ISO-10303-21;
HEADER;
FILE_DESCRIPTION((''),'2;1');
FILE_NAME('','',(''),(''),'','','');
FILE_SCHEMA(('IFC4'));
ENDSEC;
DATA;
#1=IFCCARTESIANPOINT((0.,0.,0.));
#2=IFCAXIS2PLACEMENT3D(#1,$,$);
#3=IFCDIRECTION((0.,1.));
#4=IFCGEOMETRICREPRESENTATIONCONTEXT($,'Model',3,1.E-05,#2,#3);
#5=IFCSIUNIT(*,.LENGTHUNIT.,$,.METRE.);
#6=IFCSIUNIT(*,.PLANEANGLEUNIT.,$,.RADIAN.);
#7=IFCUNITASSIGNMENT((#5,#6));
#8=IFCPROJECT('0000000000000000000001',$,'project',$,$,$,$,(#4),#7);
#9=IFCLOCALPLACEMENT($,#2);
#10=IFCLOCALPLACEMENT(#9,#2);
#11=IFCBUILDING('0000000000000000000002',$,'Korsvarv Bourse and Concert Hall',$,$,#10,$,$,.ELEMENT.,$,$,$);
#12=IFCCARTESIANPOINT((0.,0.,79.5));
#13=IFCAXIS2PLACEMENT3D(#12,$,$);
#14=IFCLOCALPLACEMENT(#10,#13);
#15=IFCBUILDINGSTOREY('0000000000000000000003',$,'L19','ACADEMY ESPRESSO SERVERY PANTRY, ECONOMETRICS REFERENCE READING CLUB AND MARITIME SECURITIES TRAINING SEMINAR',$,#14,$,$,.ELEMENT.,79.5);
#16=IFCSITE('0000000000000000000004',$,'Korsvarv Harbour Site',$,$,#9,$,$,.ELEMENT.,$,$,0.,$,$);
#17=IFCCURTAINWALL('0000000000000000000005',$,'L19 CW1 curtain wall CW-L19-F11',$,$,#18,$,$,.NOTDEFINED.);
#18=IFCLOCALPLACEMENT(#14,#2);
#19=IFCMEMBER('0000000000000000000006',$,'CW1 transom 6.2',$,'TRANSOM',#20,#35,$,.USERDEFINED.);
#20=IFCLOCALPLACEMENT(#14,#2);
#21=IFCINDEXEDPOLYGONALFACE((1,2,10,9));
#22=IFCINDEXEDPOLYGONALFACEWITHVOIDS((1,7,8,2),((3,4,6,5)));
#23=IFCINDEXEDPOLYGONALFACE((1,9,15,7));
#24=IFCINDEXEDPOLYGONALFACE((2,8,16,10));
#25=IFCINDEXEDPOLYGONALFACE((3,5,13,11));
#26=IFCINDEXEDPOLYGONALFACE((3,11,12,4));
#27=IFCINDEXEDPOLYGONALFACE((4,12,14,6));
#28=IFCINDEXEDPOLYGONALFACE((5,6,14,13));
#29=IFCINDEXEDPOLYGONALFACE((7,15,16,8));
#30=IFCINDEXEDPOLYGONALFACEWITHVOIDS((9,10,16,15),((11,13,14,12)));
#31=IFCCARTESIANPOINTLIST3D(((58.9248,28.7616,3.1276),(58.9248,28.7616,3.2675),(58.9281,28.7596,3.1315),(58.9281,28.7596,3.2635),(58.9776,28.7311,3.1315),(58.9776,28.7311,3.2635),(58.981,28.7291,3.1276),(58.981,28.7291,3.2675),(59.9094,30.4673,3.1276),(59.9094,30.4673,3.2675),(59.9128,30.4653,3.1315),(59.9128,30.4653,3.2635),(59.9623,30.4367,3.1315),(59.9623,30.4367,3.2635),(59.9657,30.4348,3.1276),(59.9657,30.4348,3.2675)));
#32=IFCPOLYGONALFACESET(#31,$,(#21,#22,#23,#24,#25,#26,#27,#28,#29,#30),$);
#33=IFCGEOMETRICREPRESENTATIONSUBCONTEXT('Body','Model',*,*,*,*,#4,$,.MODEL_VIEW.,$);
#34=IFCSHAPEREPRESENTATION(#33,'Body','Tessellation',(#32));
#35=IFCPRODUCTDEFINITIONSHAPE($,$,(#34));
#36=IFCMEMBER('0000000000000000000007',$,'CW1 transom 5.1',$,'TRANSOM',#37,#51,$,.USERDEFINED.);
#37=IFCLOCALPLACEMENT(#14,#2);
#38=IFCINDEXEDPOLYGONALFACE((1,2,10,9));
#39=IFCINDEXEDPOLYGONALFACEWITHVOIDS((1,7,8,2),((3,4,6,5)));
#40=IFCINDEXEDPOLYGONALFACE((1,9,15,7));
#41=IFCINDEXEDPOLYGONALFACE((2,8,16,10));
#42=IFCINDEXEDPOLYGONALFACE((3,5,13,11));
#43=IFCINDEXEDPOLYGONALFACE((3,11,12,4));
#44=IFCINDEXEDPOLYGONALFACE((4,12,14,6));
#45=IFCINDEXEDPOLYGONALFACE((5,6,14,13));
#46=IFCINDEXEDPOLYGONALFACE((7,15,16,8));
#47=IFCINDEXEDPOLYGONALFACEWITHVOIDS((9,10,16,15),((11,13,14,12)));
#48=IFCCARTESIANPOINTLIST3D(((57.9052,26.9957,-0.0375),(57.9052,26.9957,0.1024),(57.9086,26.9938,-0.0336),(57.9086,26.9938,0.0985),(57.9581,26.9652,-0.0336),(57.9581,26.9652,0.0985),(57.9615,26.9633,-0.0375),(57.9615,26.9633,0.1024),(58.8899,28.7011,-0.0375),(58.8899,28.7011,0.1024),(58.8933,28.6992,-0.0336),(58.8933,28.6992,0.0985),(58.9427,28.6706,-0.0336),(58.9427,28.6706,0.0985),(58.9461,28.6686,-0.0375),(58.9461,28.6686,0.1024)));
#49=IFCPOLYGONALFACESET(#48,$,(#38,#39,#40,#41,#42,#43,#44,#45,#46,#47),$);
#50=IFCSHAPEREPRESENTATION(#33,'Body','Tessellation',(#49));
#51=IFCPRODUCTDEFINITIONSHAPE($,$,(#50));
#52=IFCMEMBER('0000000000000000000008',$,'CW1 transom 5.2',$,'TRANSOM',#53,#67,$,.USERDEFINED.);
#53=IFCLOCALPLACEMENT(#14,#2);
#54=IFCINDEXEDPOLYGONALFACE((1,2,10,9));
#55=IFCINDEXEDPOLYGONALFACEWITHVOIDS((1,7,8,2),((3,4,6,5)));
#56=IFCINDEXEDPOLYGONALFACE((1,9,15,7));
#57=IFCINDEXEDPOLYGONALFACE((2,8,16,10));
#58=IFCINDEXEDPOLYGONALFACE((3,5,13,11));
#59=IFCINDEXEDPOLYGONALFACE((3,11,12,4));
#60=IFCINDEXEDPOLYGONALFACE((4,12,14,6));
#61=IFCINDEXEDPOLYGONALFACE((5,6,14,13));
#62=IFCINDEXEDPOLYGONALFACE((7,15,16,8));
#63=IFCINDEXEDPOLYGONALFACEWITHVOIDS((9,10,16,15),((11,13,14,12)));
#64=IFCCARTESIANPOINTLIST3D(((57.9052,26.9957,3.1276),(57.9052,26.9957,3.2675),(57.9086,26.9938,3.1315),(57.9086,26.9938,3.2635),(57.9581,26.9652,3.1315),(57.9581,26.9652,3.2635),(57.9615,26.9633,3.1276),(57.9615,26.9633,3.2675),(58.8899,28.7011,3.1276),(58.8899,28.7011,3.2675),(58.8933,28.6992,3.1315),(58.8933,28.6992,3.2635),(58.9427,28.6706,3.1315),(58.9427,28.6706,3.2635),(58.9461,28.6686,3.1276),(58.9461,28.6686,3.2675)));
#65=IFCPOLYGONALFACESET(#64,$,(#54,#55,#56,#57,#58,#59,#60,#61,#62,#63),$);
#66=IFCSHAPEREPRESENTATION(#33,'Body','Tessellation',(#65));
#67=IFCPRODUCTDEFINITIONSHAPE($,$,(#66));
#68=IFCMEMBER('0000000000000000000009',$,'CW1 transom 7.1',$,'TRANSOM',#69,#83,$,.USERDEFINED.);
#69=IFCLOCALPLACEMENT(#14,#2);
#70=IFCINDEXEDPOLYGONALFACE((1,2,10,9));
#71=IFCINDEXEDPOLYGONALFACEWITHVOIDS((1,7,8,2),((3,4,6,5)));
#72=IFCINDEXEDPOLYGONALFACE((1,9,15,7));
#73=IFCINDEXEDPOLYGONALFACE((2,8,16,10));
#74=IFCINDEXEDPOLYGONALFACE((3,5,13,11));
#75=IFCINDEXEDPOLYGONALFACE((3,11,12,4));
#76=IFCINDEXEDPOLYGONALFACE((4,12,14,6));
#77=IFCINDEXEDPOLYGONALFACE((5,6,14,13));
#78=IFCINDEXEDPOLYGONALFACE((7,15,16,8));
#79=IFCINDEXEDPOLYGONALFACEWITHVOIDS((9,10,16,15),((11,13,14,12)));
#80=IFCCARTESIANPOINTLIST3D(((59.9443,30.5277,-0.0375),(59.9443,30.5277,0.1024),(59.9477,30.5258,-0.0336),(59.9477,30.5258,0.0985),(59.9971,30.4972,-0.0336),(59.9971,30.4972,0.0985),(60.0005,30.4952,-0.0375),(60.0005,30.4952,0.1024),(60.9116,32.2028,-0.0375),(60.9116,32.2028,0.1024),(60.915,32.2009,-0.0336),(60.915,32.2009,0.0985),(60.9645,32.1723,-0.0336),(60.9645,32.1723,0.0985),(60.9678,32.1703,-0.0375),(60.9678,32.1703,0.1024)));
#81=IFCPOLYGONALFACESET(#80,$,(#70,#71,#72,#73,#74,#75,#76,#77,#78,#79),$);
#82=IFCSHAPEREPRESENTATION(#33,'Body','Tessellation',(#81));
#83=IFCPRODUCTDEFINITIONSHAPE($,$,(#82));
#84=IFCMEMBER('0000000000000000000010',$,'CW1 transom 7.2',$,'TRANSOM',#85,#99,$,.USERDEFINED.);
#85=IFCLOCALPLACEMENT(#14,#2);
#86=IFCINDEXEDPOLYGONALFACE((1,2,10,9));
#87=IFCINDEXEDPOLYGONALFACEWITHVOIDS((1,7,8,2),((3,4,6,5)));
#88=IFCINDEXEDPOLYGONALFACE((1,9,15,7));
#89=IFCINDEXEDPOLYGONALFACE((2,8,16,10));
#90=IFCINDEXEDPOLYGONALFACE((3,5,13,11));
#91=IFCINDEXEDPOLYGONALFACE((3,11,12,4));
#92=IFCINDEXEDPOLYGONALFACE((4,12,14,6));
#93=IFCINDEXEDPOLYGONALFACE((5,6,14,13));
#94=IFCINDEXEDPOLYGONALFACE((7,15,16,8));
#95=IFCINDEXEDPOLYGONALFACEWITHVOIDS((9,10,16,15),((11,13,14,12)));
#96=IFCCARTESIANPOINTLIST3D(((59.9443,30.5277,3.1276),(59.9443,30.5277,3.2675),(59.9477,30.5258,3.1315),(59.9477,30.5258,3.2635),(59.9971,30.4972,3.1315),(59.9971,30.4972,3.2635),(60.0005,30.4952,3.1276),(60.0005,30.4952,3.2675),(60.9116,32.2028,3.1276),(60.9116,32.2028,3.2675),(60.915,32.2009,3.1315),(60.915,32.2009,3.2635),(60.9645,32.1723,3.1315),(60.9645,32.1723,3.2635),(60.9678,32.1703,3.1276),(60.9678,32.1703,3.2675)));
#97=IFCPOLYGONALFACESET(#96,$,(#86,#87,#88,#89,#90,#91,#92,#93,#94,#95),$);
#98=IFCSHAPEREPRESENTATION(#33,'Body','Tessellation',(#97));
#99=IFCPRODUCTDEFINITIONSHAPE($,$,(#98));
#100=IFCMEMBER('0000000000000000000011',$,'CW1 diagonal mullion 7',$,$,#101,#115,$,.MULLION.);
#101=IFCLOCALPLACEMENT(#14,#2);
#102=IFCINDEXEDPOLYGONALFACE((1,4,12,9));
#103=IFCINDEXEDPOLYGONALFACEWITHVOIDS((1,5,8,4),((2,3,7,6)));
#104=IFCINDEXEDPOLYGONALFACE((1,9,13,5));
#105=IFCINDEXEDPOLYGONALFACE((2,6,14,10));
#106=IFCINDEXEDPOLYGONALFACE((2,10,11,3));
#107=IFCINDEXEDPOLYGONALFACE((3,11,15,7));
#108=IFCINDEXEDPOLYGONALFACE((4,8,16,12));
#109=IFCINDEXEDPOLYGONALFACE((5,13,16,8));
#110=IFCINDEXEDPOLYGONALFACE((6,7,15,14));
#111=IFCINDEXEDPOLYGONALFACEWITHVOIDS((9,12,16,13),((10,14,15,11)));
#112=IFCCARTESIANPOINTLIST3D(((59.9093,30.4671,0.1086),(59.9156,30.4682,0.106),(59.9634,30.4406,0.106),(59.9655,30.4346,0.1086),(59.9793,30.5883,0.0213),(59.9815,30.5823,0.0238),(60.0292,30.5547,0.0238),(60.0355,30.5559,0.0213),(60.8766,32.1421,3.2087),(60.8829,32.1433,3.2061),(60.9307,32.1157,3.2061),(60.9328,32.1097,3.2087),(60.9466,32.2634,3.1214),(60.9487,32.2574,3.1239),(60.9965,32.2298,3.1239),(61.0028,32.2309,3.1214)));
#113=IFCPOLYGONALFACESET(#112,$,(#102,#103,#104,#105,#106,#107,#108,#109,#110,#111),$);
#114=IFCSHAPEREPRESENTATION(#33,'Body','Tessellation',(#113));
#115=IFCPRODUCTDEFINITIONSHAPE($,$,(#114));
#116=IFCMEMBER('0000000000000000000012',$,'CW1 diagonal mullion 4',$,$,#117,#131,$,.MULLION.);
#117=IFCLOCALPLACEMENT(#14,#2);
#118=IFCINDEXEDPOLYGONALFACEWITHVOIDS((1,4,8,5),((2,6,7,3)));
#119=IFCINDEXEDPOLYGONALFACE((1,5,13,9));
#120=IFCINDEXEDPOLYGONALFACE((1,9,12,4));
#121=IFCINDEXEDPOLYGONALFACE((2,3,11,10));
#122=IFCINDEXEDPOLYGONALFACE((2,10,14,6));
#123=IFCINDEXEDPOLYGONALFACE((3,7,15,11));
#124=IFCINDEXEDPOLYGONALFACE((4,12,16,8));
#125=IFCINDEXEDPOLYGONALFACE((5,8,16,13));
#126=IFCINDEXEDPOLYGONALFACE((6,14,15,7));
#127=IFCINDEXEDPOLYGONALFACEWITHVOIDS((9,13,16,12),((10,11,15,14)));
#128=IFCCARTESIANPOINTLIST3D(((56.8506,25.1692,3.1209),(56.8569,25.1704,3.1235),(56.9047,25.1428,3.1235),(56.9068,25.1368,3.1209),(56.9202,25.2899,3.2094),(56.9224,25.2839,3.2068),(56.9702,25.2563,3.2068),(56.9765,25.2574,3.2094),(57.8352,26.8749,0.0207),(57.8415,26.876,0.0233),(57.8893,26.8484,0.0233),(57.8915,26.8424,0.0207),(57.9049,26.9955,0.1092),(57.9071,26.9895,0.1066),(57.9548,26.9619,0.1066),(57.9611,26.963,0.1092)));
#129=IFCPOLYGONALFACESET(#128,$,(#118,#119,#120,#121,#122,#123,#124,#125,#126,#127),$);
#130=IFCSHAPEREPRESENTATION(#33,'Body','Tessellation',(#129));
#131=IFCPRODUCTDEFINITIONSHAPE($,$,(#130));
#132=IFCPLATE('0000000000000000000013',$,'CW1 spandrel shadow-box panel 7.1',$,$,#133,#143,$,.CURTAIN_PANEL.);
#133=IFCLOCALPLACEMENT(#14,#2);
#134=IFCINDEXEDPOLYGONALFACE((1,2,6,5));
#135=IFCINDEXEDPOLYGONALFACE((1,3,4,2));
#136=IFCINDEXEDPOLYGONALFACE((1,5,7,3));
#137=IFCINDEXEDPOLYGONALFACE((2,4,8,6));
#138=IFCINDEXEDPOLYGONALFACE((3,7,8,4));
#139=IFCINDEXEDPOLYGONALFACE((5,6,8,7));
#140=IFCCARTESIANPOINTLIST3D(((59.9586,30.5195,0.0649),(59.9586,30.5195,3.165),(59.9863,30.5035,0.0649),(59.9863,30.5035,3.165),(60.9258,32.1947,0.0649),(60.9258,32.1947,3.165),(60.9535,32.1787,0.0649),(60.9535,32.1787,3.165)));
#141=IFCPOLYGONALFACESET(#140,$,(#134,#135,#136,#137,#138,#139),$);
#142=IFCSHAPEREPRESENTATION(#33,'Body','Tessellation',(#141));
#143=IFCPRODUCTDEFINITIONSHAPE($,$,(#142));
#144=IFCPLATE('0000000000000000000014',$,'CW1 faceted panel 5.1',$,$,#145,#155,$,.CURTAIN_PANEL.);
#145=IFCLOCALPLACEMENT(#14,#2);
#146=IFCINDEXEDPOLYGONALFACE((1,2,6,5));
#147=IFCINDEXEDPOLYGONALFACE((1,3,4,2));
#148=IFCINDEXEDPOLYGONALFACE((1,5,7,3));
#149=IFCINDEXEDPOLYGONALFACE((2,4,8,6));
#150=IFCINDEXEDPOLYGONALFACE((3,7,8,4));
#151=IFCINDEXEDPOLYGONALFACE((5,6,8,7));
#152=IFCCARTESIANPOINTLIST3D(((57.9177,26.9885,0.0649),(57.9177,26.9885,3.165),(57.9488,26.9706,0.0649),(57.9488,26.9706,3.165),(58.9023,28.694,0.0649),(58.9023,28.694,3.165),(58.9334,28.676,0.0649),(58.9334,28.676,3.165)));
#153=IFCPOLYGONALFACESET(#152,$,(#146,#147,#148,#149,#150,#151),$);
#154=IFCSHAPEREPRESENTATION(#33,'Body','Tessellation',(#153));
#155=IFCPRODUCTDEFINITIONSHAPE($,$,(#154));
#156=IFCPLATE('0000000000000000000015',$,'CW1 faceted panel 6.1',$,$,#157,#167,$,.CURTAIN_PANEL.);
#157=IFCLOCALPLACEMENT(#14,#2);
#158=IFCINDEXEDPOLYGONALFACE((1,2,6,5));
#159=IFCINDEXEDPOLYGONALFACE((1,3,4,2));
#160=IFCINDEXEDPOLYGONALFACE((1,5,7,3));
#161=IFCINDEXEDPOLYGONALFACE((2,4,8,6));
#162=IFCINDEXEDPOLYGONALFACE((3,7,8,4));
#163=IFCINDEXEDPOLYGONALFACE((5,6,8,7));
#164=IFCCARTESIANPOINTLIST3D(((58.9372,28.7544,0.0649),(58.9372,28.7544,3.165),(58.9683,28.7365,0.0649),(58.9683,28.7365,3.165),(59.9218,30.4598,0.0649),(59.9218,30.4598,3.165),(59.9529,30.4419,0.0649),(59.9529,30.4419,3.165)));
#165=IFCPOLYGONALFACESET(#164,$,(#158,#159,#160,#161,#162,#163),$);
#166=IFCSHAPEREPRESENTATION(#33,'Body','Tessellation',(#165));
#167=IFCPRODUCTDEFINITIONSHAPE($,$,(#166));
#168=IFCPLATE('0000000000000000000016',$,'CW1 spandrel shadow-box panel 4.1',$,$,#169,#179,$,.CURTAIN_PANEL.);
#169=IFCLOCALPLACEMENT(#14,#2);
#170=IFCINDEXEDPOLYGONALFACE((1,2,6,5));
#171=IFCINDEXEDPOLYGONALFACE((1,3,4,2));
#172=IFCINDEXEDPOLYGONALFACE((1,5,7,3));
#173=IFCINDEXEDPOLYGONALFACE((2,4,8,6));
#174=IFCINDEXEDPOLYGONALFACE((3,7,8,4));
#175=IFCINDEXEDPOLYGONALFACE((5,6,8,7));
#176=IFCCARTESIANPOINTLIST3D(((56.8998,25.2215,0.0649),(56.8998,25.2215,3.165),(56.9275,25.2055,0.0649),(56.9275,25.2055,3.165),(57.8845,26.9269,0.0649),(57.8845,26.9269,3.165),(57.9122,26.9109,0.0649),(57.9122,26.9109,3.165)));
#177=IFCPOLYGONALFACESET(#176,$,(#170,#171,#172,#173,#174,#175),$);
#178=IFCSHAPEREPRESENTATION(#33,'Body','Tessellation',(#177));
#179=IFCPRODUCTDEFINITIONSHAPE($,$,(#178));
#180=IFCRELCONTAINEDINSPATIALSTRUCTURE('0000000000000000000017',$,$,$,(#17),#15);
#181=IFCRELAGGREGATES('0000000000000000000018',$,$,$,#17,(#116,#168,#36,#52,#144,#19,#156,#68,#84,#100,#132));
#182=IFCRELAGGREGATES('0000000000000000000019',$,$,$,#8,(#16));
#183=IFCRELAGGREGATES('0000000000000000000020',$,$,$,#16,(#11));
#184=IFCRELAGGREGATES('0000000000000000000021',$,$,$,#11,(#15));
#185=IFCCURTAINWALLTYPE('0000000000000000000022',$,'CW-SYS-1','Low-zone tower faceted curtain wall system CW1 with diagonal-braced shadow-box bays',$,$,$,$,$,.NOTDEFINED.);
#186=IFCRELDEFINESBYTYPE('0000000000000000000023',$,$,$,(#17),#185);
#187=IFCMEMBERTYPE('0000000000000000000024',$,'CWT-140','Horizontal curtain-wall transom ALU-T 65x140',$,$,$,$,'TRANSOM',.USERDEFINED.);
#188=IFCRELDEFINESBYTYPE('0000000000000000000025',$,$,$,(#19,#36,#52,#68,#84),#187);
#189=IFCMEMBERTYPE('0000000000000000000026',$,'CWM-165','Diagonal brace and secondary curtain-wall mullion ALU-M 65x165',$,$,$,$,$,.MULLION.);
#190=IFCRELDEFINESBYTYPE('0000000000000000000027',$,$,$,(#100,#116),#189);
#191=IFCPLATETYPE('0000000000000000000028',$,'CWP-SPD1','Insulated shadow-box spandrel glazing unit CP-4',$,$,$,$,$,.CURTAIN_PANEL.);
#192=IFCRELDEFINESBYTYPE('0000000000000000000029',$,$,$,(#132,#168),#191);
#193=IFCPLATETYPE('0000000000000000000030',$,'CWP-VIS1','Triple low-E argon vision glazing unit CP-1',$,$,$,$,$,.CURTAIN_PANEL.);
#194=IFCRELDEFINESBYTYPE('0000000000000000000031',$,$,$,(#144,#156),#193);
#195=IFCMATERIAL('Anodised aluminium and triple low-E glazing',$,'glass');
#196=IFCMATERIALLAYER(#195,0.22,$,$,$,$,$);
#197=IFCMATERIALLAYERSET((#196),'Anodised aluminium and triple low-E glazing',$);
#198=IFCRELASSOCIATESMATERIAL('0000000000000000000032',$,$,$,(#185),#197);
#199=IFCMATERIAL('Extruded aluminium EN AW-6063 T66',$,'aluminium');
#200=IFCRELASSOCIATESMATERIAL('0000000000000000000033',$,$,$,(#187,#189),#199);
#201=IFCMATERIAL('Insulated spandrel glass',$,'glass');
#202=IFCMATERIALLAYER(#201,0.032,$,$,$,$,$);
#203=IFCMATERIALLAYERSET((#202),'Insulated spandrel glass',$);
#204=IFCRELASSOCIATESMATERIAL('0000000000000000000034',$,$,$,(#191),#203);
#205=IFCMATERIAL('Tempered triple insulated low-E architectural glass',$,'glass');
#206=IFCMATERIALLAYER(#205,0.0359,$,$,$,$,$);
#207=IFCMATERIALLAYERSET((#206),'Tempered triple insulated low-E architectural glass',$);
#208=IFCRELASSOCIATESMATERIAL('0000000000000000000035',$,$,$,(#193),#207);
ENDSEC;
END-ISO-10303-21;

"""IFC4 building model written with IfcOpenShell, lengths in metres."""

from ifc_helpers import new_model, si_unit, direction, frame, origin, origin_2d, place, context, subcontext, project, spatial, rectangle, hollow_rectangle, extrude, source, transform, mapped, material, layer, layer_set, material_profile, profile_set, type_object, element, aggregate, save


model = new_model("IFC4")

# Units and contexts
model_context = context("Model", 3, precision=1e-05, world=origin(), true_north=direction((0.0, 1.0)))
body_context = subcontext(model_context, "Body", "Model", "MODEL_VIEW")
ifc_project = project(units=[si_unit("LENGTHUNIT", "METRE"), si_unit("PLANEANGLEUNIT", "RADIAN")], contexts=[model_context])

# Site, building, storey
site_placement = place(None, origin())
site = spatial("IfcSite", under=ifc_project, at=site_placement, Name="Korsvarv Harbour Site", CompositionType="ELEMENT", RefElevation=0.0)
building_placement = place(site_placement, origin())
building = spatial("IfcBuilding", under=site, at=building_placement, Name="Korsvarv Bourse and Concert Hall", CompositionType="ELEMENT")
storey_placement = place(building_placement, frame((0.0, 0.0, 79.5)))
storey = spatial("IfcBuildingStorey", under=building, at=storey_placement, Name="L19", Description="ACADEMY ESPRESSO SERVERY PANTRY, ECONOMETRICS REFERENCE READING CLUB AND MARITIME SECURITIES TRAINING SEMINAR", CompositionType="ELEMENT", Elevation=79.5)

# Curtain wall, members, plates
ifc_material_1 = material(Name="Anodised aluminium and triple low-E glazing", Category="glass")
ifc_layer_1 = layer(ifc_material_1, 0.22)
ifc_layer_set_1 = layer_set([ifc_layer_1], Name="Anodised aluminium and triple low-E glazing")
curtain_wall_type = type_object("IfcCurtainWallType", Name="CW-SYS-1", Description="Low-zone tower faceted curtain wall system CW1 with diagonal-braced shadow-box bays", PredefinedType="NOTDEFINED", material=ifc_layer_set_1)
curtain_wall_placement = place(storey_placement, origin())
curtain_wall = element("IfcCurtainWall", 1, at=curtain_wall_placement, inside=storey, type_object=curtain_wall_type, Name="L19 CW1 curtain wall CW-L19-F11", PredefinedType="NOTDEFINED")
ifc_material_2 = material(Name="Extruded aluminium EN AW-6063 T66", Category="aluminium")
ifc_material_profile_1 = material_profile(ifc_material_2, hollow_rectangle(XDim=0.0649, YDim=0.1399, WallThickness=0.0039, at=origin_2d()), Name="ALU-T 65x140")
ifc_profile_set_1 = profile_set([ifc_material_profile_1], Name="Extruded aluminium EN AW-6063 T66")
member_type_1 = type_object("IfcMemberType", Name="CWT-140", Description="Horizontal curtain-wall transom ALU-T 65x140", ElementType="TRANSOM", PredefinedType="USERDEFINED", material=ifc_profile_set_1)
shared_shape_1 = source(origin(), body_context, "Body", "SweptSolid", [
    extrude(hollow_rectangle(XDim=0.0649, YDim=0.1399, WallThickness=0.0039, at=origin_2d()), origin(), (0.0, 0.0, 1.0), 1.9695),
])
member_1_placement = place(storey_placement, frame((58.9529, 28.7454, 3.1975), z_axis=(0.499966, 0.866045, 0.0), x_axis=(-0.866045, 0.499966, 0.0)))
member_1 = element("IfcMember", 2, at=member_1_placement, type_object=member_type_1, Name="CW1 transom 6.2", ObjectType="TRANSOM", PredefinedType="USERDEFINED", context=body_context, shape_type="MappedRepresentation", body=[
    mapped(shared_shape_1, transform((0.0, 0.0, 0.0), scale=1.0)),
])
shared_shape_2 = source(origin(), body_context, "Body", "SweptSolid", [
    extrude(hollow_rectangle(XDim=0.0649, YDim=0.1399, WallThickness=0.0039, at=origin_2d()), origin(), (0.0, 0.0, 1.0), 1.9692),
])
member_2_placement = place(storey_placement, frame((57.9333, 26.9795, 0.0325), z_axis=(0.500019, 0.866014, 0.0), x_axis=(-0.866014, 0.500019, 0.0)))
member_2 = element("IfcMember", 3, at=member_2_placement, type_object=member_type_1, Name="CW1 transom 5.1", ObjectType="TRANSOM", PredefinedType="USERDEFINED", context=body_context, shape_type="MappedRepresentation", body=[
    mapped(shared_shape_2, transform((0.0, 0.0, 0.0), scale=1.0)),
])
member_3_placement = place(storey_placement, frame((57.9333, 26.9795, 3.1975), z_axis=(0.500019, 0.866014, 0.0), x_axis=(-0.866014, 0.500019, 0.0)))
member_3 = element("IfcMember", 4, at=member_3_placement, type_object=member_type_1, Name="CW1 transom 5.2", ObjectType="TRANSOM", PredefinedType="USERDEFINED", context=body_context, shape_type="MappedRepresentation", body=[
    mapped(shared_shape_2, transform((0.0, 0.0, 0.0), scale=1.0)),
])
shared_shape_3 = source(origin(), body_context, "Body", "SweptSolid", [
    extrude(hollow_rectangle(XDim=0.0649, YDim=0.1399, WallThickness=0.0039, at=origin_2d()), origin(), (0.0, 0.0, 1.0), 1.9343),
])
member_4_placement = place(storey_placement, frame((59.9724, 30.5115, 0.0325), z_axis=(0.500076, 0.865982, 0.0), x_axis=(-0.865982, 0.500076, 0.0)))
member_4 = element("IfcMember", 5, at=member_4_placement, type_object=member_type_1, Name="CW1 transom 7.1", ObjectType="TRANSOM", PredefinedType="USERDEFINED", context=body_context, shape_type="MappedRepresentation", body=[
    mapped(shared_shape_3, transform((0.0, 0.0, 0.0), scale=1.0)),
])
member_5_placement = place(storey_placement, frame((59.9724, 30.5115, 3.1975), z_axis=(0.500076, 0.865982, 0.0), x_axis=(-0.865982, 0.500076, 0.0)))
member_5 = element("IfcMember", 6, at=member_5_placement, type_object=member_type_1, Name="CW1 transom 7.2", ObjectType="TRANSOM", PredefinedType="USERDEFINED", context=body_context, shape_type="MappedRepresentation", body=[
    mapped(shared_shape_3, transform((0.0, 0.0, 0.0), scale=1.0)),
])
ifc_material_profile_2 = material_profile(ifc_material_2, hollow_rectangle(XDim=0.0649, YDim=0.165, WallThickness=0.0049, at=origin_2d()), Name="ALU-M 65x165")
ifc_profile_set_2 = profile_set([ifc_material_profile_2], Name="Extruded aluminium EN AW-6063 T66")
member_type_2 = type_object("IfcMemberType", Name="CWM-165", Description="Diagonal brace and secondary curtain-wall mullion ALU-M 65x165", PredefinedType="MULLION", material=ifc_profile_set_2)
shared_shape_4 = source(origin(), body_context, "Body", "SweptSolid", [
    extrude(hollow_rectangle(XDim=0.0649, YDim=0.165, WallThickness=0.0049, at=origin_2d()), origin(), (0.0, 0.0, 1.0), 3.6541),
])
member_6_placement = place(storey_placement, frame((59.9724, 30.5115, 0.0649), z_axis=(0.264716, 0.45841, 0.848402), x_axis=(-0.865982, 0.500076, 0.0)))
member_6 = element("IfcMember", 7, at=member_6_placement, type_object=member_type_2, Name="CW1 diagonal mullion 7", PredefinedType="MULLION", context=body_context, shape_type="MappedRepresentation", body=[
    mapped(shared_shape_4, transform((0.0, 0.0, 0.0), scale=1.0)),
])
shared_shape_5 = source(origin(), body_context, "Body", "SweptSolid", [
    extrude(hollow_rectangle(XDim=0.0649, YDim=0.165, WallThickness=0.0049, at=origin_2d()), origin(), (0.0, 0.0, 1.0), 3.6729),
])
member_7_placement = place(storey_placement, frame((57.8982, 26.9189, 0.0649), z_axis=(-0.268088, -0.464385, 0.844083), x_axis=(0.866045, -0.499966, 0.0)))
member_7 = element("IfcMember", 8, at=member_7_placement, type_object=member_type_2, Name="CW1 diagonal mullion 4", PredefinedType="MULLION", context=body_context, shape_type="MappedRepresentation", body=[
    mapped(shared_shape_5, transform((0.0, 0.0, 0.0), scale=1.0)),
])
ifc_material_3 = material(Name="Insulated spandrel glass", Category="glass")
ifc_layer_2 = layer(ifc_material_3, 0.032)
ifc_layer_set_2 = layer_set([ifc_layer_2], Name="Insulated spandrel glass")
plate_type_1 = type_object("IfcPlateType", Name="CWP-SPD1", Description="Insulated shadow-box spandrel glazing unit CP-4", PredefinedType="CURTAIN_PANEL", material=ifc_layer_set_2)
shared_shape_6 = source(origin(), body_context, "Body", "SweptSolid", [
    extrude(rectangle(XDim=1.9343, YDim=0.032, at=origin_2d()), origin(), (0.0, 0.0, 1.0), 3.1001),
])
plate_1_placement = place(storey_placement, frame((60.4561, 31.3491, 0.0649), z_axis=(0.0, 0.0, 1.0), x_axis=(0.500002, 0.866024, 0.0)))
plate_1 = element("IfcPlate", 9, at=plate_1_placement, type_object=plate_type_1, Name="CW1 spandrel shadow-box panel 7.1", PredefinedType="CURTAIN_PANEL", context=body_context, shape_type="MappedRepresentation", body=[
    mapped(shared_shape_6, transform((0.0, 0.0, 0.0), scale=1.0)),
])
ifc_material_4 = material(Name="Tempered triple insulated low-E architectural glass", Category="glass")
ifc_layer_3 = layer(ifc_material_4, 0.0359)
ifc_layer_set_3 = layer_set([ifc_layer_3], Name="Tempered triple insulated low-E architectural glass")
plate_type_2 = type_object("IfcPlateType", Name="CWP-VIS1", Description="Triple low-E argon vision glazing unit CP-1", PredefinedType="CURTAIN_PANEL", material=ifc_layer_set_3)
shared_shape_7 = source(origin(), body_context, "Body", "SweptSolid", [
    extrude(rectangle(XDim=1.9692, YDim=0.0359, at=origin_2d()), origin(), (0.0, 0.0, 1.0), 3.1001),
])
plate_2_placement = place(storey_placement, frame((58.4255, 27.8323, 0.0649), z_axis=(0.0, 0.0, 1.0), x_axis=(0.500002, 0.866024, 0.0)))
plate_2 = element("IfcPlate", 10, at=plate_2_placement, type_object=plate_type_2, Name="CW1 faceted panel 5.1", PredefinedType="CURTAIN_PANEL", context=body_context, shape_type="MappedRepresentation", body=[
    mapped(shared_shape_7, transform((0.0, 0.0, 0.0), scale=1.0)),
])
plate_3_placement = place(storey_placement, frame((59.4451, 29.5981, 0.0649), z_axis=(0.0, 0.0, 1.0), x_axis=(0.500002, 0.866024, 0.0)))
plate_3 = element("IfcPlate", 11, at=plate_3_placement, type_object=plate_type_2, Name="CW1 faceted panel 6.1", PredefinedType="CURTAIN_PANEL", context=body_context, shape_type="MappedRepresentation", body=[
    mapped(shared_shape_7, transform((0.0, 0.0, 0.0), scale=1.0)),
])
shared_shape_8 = source(origin(), body_context, "Body", "SweptSolid", [
    extrude(rectangle(XDim=1.9692, YDim=0.032, at=origin_2d()), origin(), (0.0, 0.0, 1.0), 3.1001),
])
plate_4_placement = place(storey_placement, frame((57.406, 26.0662, 0.0649), z_axis=(0.0, 0.0, 1.0), x_axis=(0.500002, 0.866024, 0.0)))
plate_4 = element("IfcPlate", 12, at=plate_4_placement, type_object=plate_type_1, Name="CW1 spandrel shadow-box panel 4.1", PredefinedType="CURTAIN_PANEL", context=body_context, shape_type="MappedRepresentation", body=[
    mapped(shared_shape_8, transform((0.0, 0.0, 0.0), scale=1.0)),
])
aggregate(curtain_wall, [member_7, plate_4, member_2, member_3, plate_2, member_1, plate_3, member_4, member_5, member_6, plate_1])

save(model, "model.ifc")
